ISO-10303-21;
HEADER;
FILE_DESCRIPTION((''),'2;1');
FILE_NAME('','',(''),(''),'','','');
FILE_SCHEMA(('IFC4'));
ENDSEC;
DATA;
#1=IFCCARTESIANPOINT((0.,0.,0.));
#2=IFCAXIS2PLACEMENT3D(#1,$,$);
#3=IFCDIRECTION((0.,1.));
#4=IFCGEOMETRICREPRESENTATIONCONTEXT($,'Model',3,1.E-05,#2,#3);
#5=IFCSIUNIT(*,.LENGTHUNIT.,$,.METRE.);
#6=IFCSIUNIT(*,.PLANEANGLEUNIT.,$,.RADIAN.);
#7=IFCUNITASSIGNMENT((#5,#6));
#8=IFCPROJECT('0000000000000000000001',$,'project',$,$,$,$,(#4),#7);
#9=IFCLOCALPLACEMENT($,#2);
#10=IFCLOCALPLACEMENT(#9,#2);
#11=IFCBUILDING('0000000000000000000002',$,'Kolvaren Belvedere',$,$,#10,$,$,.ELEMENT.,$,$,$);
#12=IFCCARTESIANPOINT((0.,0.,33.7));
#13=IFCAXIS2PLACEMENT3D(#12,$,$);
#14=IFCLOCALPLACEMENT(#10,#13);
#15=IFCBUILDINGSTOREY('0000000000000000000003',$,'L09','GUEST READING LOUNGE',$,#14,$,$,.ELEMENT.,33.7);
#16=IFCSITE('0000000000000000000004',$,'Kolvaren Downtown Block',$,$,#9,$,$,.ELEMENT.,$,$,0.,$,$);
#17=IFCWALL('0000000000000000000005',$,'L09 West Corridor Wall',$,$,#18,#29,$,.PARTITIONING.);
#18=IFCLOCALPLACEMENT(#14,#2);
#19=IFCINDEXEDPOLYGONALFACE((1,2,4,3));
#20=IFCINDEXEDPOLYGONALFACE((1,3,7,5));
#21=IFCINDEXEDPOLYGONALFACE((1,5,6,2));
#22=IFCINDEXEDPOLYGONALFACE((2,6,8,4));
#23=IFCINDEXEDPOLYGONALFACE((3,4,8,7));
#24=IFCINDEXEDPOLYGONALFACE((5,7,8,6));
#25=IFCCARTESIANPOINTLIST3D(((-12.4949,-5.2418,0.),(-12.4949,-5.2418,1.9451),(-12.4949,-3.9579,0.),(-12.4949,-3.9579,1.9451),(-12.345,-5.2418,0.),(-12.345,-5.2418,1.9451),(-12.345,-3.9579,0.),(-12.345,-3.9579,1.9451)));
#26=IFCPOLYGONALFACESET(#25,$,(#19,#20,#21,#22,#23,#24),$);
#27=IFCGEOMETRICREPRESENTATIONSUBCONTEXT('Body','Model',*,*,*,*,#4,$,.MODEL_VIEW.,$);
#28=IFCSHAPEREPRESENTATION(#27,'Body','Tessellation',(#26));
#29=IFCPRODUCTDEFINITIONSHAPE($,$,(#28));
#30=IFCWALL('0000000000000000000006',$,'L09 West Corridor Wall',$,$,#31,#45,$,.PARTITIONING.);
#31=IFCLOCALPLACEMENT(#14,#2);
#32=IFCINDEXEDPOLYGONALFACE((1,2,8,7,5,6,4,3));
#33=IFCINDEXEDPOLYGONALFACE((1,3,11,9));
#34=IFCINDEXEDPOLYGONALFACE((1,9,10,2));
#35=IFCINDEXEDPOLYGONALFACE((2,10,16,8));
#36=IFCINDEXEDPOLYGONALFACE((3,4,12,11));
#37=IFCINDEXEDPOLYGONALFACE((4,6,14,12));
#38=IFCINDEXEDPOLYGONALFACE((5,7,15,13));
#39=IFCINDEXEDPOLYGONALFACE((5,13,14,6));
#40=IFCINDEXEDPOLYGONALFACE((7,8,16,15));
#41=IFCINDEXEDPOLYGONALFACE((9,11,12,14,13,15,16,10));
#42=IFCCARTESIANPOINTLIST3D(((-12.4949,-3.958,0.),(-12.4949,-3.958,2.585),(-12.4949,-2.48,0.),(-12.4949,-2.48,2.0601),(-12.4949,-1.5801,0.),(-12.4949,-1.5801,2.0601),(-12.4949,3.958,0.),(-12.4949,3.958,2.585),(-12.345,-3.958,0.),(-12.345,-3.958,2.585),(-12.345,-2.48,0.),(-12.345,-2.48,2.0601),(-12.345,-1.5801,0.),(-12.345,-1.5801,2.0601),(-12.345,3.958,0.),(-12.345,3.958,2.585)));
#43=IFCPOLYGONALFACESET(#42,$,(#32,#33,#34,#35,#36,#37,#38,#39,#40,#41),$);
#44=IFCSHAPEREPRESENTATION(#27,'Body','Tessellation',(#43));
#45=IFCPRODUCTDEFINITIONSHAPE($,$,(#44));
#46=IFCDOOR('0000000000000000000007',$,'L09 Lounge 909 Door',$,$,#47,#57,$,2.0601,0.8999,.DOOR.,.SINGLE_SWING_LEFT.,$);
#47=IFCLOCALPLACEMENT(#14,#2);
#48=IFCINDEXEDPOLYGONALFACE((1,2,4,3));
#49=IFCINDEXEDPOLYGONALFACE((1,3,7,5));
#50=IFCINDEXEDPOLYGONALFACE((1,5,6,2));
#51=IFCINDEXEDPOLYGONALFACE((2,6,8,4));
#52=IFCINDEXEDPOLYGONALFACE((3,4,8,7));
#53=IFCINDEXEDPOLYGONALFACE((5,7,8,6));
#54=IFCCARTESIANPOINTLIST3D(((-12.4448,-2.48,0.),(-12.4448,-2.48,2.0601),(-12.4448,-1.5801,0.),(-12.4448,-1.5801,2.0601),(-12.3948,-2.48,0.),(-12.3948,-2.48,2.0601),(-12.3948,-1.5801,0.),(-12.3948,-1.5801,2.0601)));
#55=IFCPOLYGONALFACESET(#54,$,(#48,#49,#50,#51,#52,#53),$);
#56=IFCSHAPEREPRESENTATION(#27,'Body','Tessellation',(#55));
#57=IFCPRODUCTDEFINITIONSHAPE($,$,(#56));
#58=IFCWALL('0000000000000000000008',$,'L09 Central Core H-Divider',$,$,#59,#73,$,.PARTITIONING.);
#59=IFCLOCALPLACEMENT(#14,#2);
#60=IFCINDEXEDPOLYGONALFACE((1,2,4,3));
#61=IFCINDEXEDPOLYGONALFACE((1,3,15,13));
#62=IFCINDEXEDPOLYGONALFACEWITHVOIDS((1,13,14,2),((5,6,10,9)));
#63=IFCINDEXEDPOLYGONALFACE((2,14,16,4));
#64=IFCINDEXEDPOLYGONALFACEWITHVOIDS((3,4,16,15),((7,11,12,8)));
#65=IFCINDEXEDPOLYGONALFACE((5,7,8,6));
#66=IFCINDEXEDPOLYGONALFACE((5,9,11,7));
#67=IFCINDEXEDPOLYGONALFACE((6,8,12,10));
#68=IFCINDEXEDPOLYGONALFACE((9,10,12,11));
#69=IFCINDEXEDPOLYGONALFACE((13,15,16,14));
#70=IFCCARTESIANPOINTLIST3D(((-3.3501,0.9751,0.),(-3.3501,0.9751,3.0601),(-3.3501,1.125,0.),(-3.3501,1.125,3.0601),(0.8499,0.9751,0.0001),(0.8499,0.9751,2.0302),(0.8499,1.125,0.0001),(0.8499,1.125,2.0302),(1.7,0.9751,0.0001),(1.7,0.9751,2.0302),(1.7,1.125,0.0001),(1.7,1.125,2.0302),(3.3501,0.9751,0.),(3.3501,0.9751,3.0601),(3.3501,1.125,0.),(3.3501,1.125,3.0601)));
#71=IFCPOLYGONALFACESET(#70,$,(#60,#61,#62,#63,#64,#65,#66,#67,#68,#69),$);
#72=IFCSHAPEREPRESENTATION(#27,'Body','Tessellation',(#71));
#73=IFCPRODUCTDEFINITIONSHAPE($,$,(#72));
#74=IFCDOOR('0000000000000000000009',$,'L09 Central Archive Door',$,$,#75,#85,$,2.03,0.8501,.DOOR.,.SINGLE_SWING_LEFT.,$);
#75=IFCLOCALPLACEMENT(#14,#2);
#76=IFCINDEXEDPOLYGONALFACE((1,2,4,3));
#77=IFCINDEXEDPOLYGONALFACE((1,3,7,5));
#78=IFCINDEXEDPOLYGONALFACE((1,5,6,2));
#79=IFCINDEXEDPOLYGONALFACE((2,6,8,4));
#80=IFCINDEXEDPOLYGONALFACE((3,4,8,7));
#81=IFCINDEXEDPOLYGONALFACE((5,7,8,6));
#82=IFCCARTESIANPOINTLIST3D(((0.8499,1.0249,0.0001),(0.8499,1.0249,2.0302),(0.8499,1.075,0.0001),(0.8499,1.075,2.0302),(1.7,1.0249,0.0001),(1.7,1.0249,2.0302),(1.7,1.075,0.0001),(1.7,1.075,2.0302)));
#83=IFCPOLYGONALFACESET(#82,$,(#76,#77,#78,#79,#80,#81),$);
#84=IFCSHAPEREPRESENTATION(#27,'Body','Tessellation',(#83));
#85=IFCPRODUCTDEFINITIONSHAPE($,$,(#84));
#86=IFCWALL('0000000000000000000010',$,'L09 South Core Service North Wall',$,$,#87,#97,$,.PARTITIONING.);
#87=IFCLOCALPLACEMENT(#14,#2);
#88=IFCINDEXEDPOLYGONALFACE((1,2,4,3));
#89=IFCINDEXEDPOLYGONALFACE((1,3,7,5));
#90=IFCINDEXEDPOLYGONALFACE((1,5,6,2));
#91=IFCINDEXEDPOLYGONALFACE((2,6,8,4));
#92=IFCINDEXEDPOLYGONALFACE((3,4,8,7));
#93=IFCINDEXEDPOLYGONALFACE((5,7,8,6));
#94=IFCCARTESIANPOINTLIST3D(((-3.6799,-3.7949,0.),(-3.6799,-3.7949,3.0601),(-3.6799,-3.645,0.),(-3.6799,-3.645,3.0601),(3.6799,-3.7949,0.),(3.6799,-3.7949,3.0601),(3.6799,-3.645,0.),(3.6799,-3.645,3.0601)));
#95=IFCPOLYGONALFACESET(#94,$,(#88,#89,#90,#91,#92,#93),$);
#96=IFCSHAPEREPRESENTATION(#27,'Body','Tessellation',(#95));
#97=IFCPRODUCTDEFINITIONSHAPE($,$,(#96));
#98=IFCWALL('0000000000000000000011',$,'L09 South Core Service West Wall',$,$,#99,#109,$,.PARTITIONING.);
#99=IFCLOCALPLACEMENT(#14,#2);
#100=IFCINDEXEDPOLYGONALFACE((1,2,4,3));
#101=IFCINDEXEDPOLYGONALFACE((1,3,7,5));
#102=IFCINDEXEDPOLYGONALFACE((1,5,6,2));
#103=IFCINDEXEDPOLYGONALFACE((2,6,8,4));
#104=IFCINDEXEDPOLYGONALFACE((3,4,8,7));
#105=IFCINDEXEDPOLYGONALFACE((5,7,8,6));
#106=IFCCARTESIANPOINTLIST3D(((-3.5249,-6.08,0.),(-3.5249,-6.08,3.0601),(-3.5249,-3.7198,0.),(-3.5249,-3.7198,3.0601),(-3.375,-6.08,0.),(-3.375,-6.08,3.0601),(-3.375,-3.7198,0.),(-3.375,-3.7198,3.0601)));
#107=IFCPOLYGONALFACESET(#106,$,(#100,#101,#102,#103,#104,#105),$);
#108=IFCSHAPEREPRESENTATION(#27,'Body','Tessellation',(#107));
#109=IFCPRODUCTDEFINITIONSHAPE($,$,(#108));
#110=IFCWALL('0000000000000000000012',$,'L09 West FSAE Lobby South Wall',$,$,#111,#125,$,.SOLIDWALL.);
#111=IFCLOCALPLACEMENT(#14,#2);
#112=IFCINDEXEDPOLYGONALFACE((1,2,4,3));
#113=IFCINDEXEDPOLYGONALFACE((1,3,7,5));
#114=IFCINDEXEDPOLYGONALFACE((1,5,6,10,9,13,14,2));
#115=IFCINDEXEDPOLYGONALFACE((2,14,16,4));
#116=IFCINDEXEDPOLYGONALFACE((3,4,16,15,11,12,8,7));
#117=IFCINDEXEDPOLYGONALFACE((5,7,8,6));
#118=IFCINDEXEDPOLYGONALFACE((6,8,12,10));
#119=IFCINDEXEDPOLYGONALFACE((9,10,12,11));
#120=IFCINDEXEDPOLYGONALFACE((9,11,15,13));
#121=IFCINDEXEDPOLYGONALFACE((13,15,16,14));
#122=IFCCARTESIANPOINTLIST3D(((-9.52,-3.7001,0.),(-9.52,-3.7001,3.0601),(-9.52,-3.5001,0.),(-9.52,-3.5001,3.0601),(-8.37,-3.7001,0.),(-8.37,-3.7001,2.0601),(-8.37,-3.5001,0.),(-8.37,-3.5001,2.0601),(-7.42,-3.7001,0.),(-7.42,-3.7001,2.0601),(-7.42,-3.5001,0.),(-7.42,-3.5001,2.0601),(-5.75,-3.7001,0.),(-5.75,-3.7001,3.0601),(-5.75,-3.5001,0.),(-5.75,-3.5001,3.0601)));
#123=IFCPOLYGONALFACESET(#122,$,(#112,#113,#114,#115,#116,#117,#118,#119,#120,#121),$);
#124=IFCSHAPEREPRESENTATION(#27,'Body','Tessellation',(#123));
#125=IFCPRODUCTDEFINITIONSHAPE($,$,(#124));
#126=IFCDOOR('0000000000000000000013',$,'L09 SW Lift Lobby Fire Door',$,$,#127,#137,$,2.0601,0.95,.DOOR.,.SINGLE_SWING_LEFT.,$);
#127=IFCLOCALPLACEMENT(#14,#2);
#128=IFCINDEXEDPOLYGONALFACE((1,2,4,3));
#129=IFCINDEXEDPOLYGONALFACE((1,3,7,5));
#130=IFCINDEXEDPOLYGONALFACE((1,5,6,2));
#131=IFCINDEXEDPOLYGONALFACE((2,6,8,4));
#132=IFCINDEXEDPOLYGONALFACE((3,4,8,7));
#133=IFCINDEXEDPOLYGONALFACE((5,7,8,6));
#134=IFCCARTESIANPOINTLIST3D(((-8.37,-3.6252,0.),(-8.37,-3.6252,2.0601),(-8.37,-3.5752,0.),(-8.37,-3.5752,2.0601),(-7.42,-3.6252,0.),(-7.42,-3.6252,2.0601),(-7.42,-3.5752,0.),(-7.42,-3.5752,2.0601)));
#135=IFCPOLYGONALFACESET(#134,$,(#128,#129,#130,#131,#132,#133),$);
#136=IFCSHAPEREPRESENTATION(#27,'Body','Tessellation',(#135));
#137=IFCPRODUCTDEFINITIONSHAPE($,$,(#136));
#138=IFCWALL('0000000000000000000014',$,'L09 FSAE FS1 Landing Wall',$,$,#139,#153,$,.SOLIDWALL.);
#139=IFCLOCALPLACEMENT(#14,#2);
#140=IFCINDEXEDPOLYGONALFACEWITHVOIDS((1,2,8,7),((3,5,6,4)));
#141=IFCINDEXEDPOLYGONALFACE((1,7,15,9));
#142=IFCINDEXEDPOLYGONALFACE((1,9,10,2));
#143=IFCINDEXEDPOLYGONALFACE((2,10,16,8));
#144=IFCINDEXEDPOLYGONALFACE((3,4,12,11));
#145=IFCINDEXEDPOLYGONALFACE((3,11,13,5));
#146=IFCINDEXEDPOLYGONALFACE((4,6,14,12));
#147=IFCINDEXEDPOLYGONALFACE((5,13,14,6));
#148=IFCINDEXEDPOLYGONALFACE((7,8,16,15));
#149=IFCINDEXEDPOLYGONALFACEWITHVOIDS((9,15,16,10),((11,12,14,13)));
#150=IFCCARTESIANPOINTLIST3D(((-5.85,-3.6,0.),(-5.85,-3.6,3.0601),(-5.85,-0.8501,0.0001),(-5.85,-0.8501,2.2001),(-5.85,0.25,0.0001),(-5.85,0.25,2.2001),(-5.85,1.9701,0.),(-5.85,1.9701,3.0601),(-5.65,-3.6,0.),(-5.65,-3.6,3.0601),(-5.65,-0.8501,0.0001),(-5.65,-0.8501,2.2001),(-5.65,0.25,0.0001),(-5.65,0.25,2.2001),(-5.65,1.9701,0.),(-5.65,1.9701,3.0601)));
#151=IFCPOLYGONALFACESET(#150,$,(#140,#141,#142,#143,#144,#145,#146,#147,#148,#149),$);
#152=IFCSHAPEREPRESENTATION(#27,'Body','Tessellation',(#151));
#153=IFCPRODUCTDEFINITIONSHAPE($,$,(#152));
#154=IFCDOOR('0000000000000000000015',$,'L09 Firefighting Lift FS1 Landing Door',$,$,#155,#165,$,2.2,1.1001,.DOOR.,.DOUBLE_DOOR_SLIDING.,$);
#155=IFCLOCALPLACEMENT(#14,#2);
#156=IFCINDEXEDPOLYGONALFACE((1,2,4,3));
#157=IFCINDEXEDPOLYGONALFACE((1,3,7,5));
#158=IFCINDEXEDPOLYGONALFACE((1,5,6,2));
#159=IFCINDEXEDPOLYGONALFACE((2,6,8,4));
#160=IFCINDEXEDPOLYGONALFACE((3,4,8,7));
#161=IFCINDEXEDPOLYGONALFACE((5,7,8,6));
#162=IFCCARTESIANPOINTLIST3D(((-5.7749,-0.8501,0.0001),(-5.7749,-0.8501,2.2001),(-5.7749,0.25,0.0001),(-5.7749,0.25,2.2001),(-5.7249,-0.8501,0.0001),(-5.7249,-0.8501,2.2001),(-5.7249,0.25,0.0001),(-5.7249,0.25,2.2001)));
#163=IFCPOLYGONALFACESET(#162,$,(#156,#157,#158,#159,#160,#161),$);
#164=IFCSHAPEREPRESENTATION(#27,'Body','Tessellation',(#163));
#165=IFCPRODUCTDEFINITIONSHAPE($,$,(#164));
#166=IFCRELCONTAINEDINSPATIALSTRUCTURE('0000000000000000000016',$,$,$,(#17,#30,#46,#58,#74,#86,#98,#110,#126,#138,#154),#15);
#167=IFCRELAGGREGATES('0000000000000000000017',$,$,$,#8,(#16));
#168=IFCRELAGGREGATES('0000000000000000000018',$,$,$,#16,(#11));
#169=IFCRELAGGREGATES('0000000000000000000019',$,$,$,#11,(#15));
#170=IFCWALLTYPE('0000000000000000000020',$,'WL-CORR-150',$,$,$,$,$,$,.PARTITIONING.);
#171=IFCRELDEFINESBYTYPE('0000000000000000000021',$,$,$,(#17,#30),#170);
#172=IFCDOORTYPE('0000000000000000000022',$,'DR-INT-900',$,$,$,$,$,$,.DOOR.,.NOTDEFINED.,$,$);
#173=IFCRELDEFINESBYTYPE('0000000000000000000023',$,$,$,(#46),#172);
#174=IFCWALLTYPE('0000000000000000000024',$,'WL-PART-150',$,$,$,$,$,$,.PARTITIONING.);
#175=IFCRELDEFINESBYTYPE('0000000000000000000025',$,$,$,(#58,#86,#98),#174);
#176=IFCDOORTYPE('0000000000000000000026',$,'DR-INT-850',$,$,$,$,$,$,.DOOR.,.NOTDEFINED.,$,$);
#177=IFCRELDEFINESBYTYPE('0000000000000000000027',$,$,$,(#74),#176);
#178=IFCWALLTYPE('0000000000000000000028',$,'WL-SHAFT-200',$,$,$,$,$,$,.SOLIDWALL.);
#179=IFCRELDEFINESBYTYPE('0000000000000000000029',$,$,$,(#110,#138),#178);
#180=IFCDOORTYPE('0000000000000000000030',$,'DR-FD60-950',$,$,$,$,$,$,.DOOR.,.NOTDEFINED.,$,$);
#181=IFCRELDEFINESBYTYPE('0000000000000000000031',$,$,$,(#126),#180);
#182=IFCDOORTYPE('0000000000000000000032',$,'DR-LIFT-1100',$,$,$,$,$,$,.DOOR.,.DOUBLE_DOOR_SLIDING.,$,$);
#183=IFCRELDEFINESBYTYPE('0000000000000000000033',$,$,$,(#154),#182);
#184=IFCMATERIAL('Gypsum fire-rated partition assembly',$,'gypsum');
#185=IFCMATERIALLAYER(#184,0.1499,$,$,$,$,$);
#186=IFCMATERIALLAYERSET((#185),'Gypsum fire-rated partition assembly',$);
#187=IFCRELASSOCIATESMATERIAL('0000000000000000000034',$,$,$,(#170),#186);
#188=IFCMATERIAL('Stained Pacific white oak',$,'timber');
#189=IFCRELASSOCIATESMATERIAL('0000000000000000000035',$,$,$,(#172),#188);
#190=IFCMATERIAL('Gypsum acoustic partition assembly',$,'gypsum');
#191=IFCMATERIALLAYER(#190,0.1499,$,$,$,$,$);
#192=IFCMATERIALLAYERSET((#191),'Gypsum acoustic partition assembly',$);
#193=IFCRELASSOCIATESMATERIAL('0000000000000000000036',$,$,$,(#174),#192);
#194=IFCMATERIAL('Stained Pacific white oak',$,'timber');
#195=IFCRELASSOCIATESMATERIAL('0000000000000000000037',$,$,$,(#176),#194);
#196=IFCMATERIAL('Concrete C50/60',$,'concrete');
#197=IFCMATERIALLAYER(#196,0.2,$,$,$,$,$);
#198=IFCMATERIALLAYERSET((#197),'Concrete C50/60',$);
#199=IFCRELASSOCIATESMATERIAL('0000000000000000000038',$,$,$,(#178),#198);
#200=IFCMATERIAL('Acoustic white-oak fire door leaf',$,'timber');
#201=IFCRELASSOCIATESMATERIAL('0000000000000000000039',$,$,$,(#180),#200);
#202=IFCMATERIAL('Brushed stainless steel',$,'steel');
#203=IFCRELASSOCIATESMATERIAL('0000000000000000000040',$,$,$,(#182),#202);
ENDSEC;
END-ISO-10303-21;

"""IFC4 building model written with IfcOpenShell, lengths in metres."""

from ifc_helpers import new_model, si_unit, direction, frame, frame_2d, origin, place, context, subcontext, project, spatial, rectangle, extrude, material, layer, layer_set, type_object, element, fill, save


model = new_model("IFC4")

# Units and contexts
model_context = context("Model", 3, precision=1e-05, world=origin(), true_north=direction((0.0, 1.0)))
body_context = subcontext(model_context, "Body", "Model", "MODEL_VIEW")
ifc_project = project(units=[si_unit("LENGTHUNIT", "METRE"), si_unit("PLANEANGLEUNIT", "RADIAN")], contexts=[model_context])

# Site, building, storey
site_placement = place(None, origin())
site = spatial("IfcSite", under=ifc_project, at=site_placement, Name="Kolvaren Downtown Block", CompositionType="ELEMENT", RefElevation=0.0)
building_placement = place(site_placement, origin())
building = spatial("IfcBuilding", under=site, at=building_placement, Name="Kolvaren Belvedere", CompositionType="ELEMENT")
storey_placement = place(building_placement, frame((0.0, 0.0, 33.7)))
storey = spatial("IfcBuildingStorey", under=building, at=storey_placement, Name="L09", Description="GUEST READING LOUNGE", CompositionType="ELEMENT", Elevation=33.7)

# Wall
ifc_material_1 = material(Name="Gypsum fire-rated partition assembly", Category="gypsum")
ifc_layer_1 = layer(ifc_material_1, 0.1499)
ifc_layer_set_1 = layer_set([ifc_layer_1], Name="Gypsum fire-rated partition assembly")
wall_type_1 = type_object("IfcWallType", Name="WL-CORR-150", PredefinedType="PARTITIONING", material=ifc_layer_set_1)
wall_1_placement = place(storey_placement, frame((-12.4199, -5.2419, 0.0), z_axis=(0.0, 0.0, 1.0), x_axis=(0.0, 1.0, 0.0)))
element("IfcWall", 1, at=wall_1_placement, inside=storey, type_object=wall_type_1, Name="L09 West Corridor Wall", PredefinedType="PARTITIONING", context=body_context, shape_type="SweptSolid", body=[
    extrude(rectangle(XDim=1.2839, YDim=0.1499, at=frame_2d((0.6421, 0.0))), origin(), (0.0, 0.0, 1.0), 1.9451),
])

# Walls, openings, doors
wall_2_placement = place(storey_placement, frame((-12.4199, -3.958, 0.0), z_axis=(0.0, 0.0, 1.0), x_axis=(0.0, 1.0, 0.0)))
wall_2 = element("IfcWall", 2, at=wall_2_placement, inside=storey, type_object=wall_type_1, Name="L09 West Corridor Wall", PredefinedType="PARTITIONING", context=body_context, shape_type="SweptSolid", body=[
    extrude(rectangle(XDim=7.916, YDim=0.1499, at=frame_2d((3.958, 0.0))), origin(), (0.0, 0.0, 1.0), 2.585),
])
opening_1_placement = place(wall_2_placement, frame((1.478, 0.0, 0.0)))
opening_1 = element("IfcOpeningElement", 3, at=opening_1_placement, cuts=wall_2, PredefinedType="OPENING", context=body_context, shape_type="SweptSolid", body=[
    extrude(rectangle(XDim=0.8999, YDim=2.0601, at=frame_2d((0.45, 1.03))), frame((0.0, 0.085, 0.0), z_axis=(0.0, -1.0, 0.0), x_axis=(1.0, 0.0, 0.0)), (0.0, 0.0, 1.0), 0.1699),
])
ifc_material_2 = material(Name="Stained Pacific white oak", Category="timber")
door_type_1 = type_object("IfcDoorType", Name="DR-INT-900", OperationType="NOTDEFINED", PredefinedType="DOOR", material=ifc_material_2)
door_1_placement = place(opening_1_placement, origin())
door_1 = element("IfcDoor", 4, at=door_1_placement, inside=storey, type_object=door_type_1, Name="L09 Lounge 909 Door", OperationType="SINGLE_SWING_LEFT", OverallHeight=2.0601, OverallWidth=0.8999, PredefinedType="DOOR", context=body_context, shape_type="SweptSolid", body=[
    extrude(rectangle(XDim=0.8999, YDim=2.0601, at=frame_2d((0.45, 1.03))), frame((0.0, 0.0249, 0.0), z_axis=(0.0, -1.0, 0.0), x_axis=(1.0, 0.0, 0.0)), (0.0, 0.0, 1.0), 0.05),
])
fill(opening_1, door_1)
ifc_material_3 = material(Name="Gypsum acoustic partition assembly", Category="gypsum")
ifc_layer_2 = layer(ifc_material_3, 0.1499)
ifc_layer_set_2 = layer_set([ifc_layer_2], Name="Gypsum acoustic partition assembly")
wall_type_2 = type_object("IfcWallType", Name="WL-PART-150", PredefinedType="PARTITIONING", material=ifc_layer_set_2)
wall_3_placement = place(storey_placement, frame((-3.3501, 1.05, 0.0), z_axis=(0.0, 0.0, 1.0), x_axis=(1.0, 0.0, 0.0)))
wall_3 = element("IfcWall", 5, at=wall_3_placement, inside=storey, type_object=wall_type_2, Name="L09 Central Core H-Divider", PredefinedType="PARTITIONING", context=body_context, shape_type="SweptSolid", body=[
    extrude(rectangle(XDim=6.7002, YDim=0.1499, at=frame_2d((3.3501, 0.0))), origin(), (0.0, 0.0, 1.0), 3.0601),
])
opening_2_placement = place(wall_3_placement, frame((4.2, 0.0, 0.0)))
opening_2 = element("IfcOpeningElement", 6, at=opening_2_placement, cuts=wall_3, PredefinedType="OPENING", context=body_context, shape_type="SweptSolid", body=[
    extrude(rectangle(XDim=0.8501, YDim=2.03, at=frame_2d((0.425, 1.0151))), frame((0.0, 0.085, 0.0), z_axis=(0.0, -1.0, 0.0), x_axis=(1.0, 0.0, 0.0)), (0.0, 0.0, 1.0), 0.1699),
])
ifc_material_4 = material(Name="Stained Pacific white oak", Category="timber")
door_type_2 = type_object("IfcDoorType", Name="DR-INT-850", OperationType="NOTDEFINED", PredefinedType="DOOR", material=ifc_material_4)
door_2_placement = place(opening_2_placement, origin())
door_2 = element("IfcDoor", 7, at=door_2_placement, inside=storey, type_object=door_type_2, Name="L09 Central Archive Door", OperationType="SINGLE_SWING_LEFT", OverallHeight=2.03, OverallWidth=0.8501, PredefinedType="DOOR", context=body_context, shape_type="SweptSolid", body=[
    extrude(rectangle(XDim=0.8501, YDim=2.03, at=frame_2d((0.425, 1.0151))), frame((0.0, 0.0249, 0.0), z_axis=(0.0, -1.0, 0.0), x_axis=(1.0, 0.0, 0.0)), (0.0, 0.0, 1.0), 0.05),
])
fill(opening_2, door_2)

# Walls
wall_4_placement = place(storey_placement, frame((-3.6799, -3.72, 0.0), z_axis=(0.0, 0.0, 1.0), x_axis=(1.0, 0.0, 0.0)))
element("IfcWall", 8, at=wall_4_placement, inside=storey, type_object=wall_type_2, Name="L09 South Core Service North Wall", PredefinedType="PARTITIONING", context=body_context, shape_type="SweptSolid", body=[
    extrude(rectangle(XDim=7.3599, YDim=0.1499, at=frame_2d((3.6799, 0.0))), origin(), (0.0, 0.0, 1.0), 3.0601),
])
wall_5_placement = place(storey_placement, frame((-3.45, -6.0801, 0.0), z_axis=(0.0, 0.0, 1.0), x_axis=(0.0, 1.0, 0.0)))
element("IfcWall", 9, at=wall_5_placement, inside=storey, type_object=wall_type_2, Name="L09 South Core Service West Wall", PredefinedType="PARTITIONING", context=body_context, shape_type="SweptSolid", body=[
    extrude(rectangle(XDim=2.3601, YDim=0.1499, at=frame_2d((1.1802, 0.0))), origin(), (0.0, 0.0, 1.0), 3.0601),
])

# Walls, openings, doors
ifc_material_5 = material(Name="Concrete C50/60", Category="concrete")
ifc_layer_3 = layer(ifc_material_5, 0.2)
ifc_layer_set_3 = layer_set([ifc_layer_3], Name="Concrete C50/60")
wall_type_3 = type_object("IfcWallType", Name="WL-SHAFT-200", PredefinedType="SOLIDWALL", material=ifc_layer_set_3)
wall_6_placement = place(storey_placement, frame((-9.52, -3.6001, 0.0), z_axis=(0.0, 0.0, 1.0), x_axis=(1.0, 0.0, 0.0)))
wall_6 = element("IfcWall", 10, at=wall_6_placement, inside=storey, type_object=wall_type_3, Name="L09 West FSAE Lobby South Wall", PredefinedType="SOLIDWALL", context=body_context, shape_type="SweptSolid", body=[
    extrude(rectangle(XDim=3.77, YDim=0.2, at=frame_2d((1.885, 0.0))), origin(), (0.0, 0.0, 1.0), 3.0601),
])
opening_3_placement = place(wall_6_placement, frame((1.1499, 0.0, 0.0)))
opening_3 = element("IfcOpeningElement", 11, at=opening_3_placement, cuts=wall_6, PredefinedType="OPENING", context=body_context, shape_type="SweptSolid", body=[
    extrude(rectangle(XDim=0.95, YDim=2.0601, at=frame_2d((0.4751, 1.03))), frame((0.0, 0.1099, 0.0), z_axis=(0.0, -1.0, 0.0), x_axis=(1.0, 0.0, 0.0)), (0.0, 0.0, 1.0), 0.22),
])
ifc_material_6 = material(Name="Acoustic white-oak fire door leaf", Category="timber")
door_type_3 = type_object("IfcDoorType", Name="DR-FD60-950", OperationType="NOTDEFINED", PredefinedType="DOOR", material=ifc_material_6)
door_3_placement = place(opening_3_placement, origin())
door_3 = element("IfcDoor", 12, at=door_3_placement, inside=storey, type_object=door_type_3, Name="L09 SW Lift Lobby Fire Door", OperationType="SINGLE_SWING_LEFT", OverallHeight=2.0601, OverallWidth=0.95, PredefinedType="DOOR", context=body_context, shape_type="SweptSolid", body=[
    extrude(rectangle(XDim=0.95, YDim=2.0601, at=frame_2d((0.4751, 1.03))), frame((0.0, 0.0249, 0.0), z_axis=(0.0, -1.0, 0.0), x_axis=(1.0, 0.0, 0.0)), (0.0, 0.0, 1.0), 0.05),
])
fill(opening_3, door_3)
wall_7_placement = place(storey_placement, frame((-5.75, -3.6001, 0.0), z_axis=(0.0, 0.0, 1.0), x_axis=(0.0, 1.0, 0.0)))
wall_7 = element("IfcWall", 13, at=wall_7_placement, inside=storey, type_object=wall_type_3, Name="L09 FSAE FS1 Landing Wall", PredefinedType="SOLIDWALL", context=body_context, shape_type="SweptSolid", body=[
    extrude(rectangle(XDim=5.5701, YDim=0.2, at=frame_2d((2.7852, 0.0))), origin(), (0.0, 0.0, 1.0), 3.0601),
])
opening_4_placement = place(wall_7_placement, frame((2.75, 0.0, 0.0)))
opening_4 = element("IfcOpeningElement", 14, at=opening_4_placement, cuts=wall_7, PredefinedType="OPENING", context=body_context, shape_type="SweptSolid", body=[
    extrude(rectangle(XDim=1.1001, YDim=2.2, at=frame_2d((0.55, 1.1001))), frame((0.0, 0.1099, 0.0), z_axis=(0.0, -1.0, 0.0), x_axis=(1.0, 0.0, 0.0)), (0.0, 0.0, 1.0), 0.22),
])
ifc_material_7 = material(Name="Brushed stainless steel", Category="steel")
door_type_4 = type_object("IfcDoorType", Name="DR-LIFT-1100", OperationType="DOUBLE_DOOR_SLIDING", PredefinedType="DOOR", material=ifc_material_7)
door_4_placement = place(opening_4_placement, origin())
door_4 = element("IfcDoor", 15, at=door_4_placement, inside=storey, type_object=door_type_4, Name="L09 Firefighting Lift FS1 Landing Door", OperationType="DOUBLE_DOOR_SLIDING", OverallHeight=2.2, OverallWidth=1.1001, PredefinedType="DOOR", context=body_context, shape_type="SweptSolid", body=[
    extrude(rectangle(XDim=1.1001, YDim=2.2, at=frame_2d((0.55, 1.1001))), frame((0.0, 0.0249, 0.0), z_axis=(0.0, -1.0, 0.0), x_axis=(1.0, 0.0, 0.0)), (0.0, 0.0, 1.0), 0.05),
])
fill(opening_4, door_4)

save(model, "model.ifc")
